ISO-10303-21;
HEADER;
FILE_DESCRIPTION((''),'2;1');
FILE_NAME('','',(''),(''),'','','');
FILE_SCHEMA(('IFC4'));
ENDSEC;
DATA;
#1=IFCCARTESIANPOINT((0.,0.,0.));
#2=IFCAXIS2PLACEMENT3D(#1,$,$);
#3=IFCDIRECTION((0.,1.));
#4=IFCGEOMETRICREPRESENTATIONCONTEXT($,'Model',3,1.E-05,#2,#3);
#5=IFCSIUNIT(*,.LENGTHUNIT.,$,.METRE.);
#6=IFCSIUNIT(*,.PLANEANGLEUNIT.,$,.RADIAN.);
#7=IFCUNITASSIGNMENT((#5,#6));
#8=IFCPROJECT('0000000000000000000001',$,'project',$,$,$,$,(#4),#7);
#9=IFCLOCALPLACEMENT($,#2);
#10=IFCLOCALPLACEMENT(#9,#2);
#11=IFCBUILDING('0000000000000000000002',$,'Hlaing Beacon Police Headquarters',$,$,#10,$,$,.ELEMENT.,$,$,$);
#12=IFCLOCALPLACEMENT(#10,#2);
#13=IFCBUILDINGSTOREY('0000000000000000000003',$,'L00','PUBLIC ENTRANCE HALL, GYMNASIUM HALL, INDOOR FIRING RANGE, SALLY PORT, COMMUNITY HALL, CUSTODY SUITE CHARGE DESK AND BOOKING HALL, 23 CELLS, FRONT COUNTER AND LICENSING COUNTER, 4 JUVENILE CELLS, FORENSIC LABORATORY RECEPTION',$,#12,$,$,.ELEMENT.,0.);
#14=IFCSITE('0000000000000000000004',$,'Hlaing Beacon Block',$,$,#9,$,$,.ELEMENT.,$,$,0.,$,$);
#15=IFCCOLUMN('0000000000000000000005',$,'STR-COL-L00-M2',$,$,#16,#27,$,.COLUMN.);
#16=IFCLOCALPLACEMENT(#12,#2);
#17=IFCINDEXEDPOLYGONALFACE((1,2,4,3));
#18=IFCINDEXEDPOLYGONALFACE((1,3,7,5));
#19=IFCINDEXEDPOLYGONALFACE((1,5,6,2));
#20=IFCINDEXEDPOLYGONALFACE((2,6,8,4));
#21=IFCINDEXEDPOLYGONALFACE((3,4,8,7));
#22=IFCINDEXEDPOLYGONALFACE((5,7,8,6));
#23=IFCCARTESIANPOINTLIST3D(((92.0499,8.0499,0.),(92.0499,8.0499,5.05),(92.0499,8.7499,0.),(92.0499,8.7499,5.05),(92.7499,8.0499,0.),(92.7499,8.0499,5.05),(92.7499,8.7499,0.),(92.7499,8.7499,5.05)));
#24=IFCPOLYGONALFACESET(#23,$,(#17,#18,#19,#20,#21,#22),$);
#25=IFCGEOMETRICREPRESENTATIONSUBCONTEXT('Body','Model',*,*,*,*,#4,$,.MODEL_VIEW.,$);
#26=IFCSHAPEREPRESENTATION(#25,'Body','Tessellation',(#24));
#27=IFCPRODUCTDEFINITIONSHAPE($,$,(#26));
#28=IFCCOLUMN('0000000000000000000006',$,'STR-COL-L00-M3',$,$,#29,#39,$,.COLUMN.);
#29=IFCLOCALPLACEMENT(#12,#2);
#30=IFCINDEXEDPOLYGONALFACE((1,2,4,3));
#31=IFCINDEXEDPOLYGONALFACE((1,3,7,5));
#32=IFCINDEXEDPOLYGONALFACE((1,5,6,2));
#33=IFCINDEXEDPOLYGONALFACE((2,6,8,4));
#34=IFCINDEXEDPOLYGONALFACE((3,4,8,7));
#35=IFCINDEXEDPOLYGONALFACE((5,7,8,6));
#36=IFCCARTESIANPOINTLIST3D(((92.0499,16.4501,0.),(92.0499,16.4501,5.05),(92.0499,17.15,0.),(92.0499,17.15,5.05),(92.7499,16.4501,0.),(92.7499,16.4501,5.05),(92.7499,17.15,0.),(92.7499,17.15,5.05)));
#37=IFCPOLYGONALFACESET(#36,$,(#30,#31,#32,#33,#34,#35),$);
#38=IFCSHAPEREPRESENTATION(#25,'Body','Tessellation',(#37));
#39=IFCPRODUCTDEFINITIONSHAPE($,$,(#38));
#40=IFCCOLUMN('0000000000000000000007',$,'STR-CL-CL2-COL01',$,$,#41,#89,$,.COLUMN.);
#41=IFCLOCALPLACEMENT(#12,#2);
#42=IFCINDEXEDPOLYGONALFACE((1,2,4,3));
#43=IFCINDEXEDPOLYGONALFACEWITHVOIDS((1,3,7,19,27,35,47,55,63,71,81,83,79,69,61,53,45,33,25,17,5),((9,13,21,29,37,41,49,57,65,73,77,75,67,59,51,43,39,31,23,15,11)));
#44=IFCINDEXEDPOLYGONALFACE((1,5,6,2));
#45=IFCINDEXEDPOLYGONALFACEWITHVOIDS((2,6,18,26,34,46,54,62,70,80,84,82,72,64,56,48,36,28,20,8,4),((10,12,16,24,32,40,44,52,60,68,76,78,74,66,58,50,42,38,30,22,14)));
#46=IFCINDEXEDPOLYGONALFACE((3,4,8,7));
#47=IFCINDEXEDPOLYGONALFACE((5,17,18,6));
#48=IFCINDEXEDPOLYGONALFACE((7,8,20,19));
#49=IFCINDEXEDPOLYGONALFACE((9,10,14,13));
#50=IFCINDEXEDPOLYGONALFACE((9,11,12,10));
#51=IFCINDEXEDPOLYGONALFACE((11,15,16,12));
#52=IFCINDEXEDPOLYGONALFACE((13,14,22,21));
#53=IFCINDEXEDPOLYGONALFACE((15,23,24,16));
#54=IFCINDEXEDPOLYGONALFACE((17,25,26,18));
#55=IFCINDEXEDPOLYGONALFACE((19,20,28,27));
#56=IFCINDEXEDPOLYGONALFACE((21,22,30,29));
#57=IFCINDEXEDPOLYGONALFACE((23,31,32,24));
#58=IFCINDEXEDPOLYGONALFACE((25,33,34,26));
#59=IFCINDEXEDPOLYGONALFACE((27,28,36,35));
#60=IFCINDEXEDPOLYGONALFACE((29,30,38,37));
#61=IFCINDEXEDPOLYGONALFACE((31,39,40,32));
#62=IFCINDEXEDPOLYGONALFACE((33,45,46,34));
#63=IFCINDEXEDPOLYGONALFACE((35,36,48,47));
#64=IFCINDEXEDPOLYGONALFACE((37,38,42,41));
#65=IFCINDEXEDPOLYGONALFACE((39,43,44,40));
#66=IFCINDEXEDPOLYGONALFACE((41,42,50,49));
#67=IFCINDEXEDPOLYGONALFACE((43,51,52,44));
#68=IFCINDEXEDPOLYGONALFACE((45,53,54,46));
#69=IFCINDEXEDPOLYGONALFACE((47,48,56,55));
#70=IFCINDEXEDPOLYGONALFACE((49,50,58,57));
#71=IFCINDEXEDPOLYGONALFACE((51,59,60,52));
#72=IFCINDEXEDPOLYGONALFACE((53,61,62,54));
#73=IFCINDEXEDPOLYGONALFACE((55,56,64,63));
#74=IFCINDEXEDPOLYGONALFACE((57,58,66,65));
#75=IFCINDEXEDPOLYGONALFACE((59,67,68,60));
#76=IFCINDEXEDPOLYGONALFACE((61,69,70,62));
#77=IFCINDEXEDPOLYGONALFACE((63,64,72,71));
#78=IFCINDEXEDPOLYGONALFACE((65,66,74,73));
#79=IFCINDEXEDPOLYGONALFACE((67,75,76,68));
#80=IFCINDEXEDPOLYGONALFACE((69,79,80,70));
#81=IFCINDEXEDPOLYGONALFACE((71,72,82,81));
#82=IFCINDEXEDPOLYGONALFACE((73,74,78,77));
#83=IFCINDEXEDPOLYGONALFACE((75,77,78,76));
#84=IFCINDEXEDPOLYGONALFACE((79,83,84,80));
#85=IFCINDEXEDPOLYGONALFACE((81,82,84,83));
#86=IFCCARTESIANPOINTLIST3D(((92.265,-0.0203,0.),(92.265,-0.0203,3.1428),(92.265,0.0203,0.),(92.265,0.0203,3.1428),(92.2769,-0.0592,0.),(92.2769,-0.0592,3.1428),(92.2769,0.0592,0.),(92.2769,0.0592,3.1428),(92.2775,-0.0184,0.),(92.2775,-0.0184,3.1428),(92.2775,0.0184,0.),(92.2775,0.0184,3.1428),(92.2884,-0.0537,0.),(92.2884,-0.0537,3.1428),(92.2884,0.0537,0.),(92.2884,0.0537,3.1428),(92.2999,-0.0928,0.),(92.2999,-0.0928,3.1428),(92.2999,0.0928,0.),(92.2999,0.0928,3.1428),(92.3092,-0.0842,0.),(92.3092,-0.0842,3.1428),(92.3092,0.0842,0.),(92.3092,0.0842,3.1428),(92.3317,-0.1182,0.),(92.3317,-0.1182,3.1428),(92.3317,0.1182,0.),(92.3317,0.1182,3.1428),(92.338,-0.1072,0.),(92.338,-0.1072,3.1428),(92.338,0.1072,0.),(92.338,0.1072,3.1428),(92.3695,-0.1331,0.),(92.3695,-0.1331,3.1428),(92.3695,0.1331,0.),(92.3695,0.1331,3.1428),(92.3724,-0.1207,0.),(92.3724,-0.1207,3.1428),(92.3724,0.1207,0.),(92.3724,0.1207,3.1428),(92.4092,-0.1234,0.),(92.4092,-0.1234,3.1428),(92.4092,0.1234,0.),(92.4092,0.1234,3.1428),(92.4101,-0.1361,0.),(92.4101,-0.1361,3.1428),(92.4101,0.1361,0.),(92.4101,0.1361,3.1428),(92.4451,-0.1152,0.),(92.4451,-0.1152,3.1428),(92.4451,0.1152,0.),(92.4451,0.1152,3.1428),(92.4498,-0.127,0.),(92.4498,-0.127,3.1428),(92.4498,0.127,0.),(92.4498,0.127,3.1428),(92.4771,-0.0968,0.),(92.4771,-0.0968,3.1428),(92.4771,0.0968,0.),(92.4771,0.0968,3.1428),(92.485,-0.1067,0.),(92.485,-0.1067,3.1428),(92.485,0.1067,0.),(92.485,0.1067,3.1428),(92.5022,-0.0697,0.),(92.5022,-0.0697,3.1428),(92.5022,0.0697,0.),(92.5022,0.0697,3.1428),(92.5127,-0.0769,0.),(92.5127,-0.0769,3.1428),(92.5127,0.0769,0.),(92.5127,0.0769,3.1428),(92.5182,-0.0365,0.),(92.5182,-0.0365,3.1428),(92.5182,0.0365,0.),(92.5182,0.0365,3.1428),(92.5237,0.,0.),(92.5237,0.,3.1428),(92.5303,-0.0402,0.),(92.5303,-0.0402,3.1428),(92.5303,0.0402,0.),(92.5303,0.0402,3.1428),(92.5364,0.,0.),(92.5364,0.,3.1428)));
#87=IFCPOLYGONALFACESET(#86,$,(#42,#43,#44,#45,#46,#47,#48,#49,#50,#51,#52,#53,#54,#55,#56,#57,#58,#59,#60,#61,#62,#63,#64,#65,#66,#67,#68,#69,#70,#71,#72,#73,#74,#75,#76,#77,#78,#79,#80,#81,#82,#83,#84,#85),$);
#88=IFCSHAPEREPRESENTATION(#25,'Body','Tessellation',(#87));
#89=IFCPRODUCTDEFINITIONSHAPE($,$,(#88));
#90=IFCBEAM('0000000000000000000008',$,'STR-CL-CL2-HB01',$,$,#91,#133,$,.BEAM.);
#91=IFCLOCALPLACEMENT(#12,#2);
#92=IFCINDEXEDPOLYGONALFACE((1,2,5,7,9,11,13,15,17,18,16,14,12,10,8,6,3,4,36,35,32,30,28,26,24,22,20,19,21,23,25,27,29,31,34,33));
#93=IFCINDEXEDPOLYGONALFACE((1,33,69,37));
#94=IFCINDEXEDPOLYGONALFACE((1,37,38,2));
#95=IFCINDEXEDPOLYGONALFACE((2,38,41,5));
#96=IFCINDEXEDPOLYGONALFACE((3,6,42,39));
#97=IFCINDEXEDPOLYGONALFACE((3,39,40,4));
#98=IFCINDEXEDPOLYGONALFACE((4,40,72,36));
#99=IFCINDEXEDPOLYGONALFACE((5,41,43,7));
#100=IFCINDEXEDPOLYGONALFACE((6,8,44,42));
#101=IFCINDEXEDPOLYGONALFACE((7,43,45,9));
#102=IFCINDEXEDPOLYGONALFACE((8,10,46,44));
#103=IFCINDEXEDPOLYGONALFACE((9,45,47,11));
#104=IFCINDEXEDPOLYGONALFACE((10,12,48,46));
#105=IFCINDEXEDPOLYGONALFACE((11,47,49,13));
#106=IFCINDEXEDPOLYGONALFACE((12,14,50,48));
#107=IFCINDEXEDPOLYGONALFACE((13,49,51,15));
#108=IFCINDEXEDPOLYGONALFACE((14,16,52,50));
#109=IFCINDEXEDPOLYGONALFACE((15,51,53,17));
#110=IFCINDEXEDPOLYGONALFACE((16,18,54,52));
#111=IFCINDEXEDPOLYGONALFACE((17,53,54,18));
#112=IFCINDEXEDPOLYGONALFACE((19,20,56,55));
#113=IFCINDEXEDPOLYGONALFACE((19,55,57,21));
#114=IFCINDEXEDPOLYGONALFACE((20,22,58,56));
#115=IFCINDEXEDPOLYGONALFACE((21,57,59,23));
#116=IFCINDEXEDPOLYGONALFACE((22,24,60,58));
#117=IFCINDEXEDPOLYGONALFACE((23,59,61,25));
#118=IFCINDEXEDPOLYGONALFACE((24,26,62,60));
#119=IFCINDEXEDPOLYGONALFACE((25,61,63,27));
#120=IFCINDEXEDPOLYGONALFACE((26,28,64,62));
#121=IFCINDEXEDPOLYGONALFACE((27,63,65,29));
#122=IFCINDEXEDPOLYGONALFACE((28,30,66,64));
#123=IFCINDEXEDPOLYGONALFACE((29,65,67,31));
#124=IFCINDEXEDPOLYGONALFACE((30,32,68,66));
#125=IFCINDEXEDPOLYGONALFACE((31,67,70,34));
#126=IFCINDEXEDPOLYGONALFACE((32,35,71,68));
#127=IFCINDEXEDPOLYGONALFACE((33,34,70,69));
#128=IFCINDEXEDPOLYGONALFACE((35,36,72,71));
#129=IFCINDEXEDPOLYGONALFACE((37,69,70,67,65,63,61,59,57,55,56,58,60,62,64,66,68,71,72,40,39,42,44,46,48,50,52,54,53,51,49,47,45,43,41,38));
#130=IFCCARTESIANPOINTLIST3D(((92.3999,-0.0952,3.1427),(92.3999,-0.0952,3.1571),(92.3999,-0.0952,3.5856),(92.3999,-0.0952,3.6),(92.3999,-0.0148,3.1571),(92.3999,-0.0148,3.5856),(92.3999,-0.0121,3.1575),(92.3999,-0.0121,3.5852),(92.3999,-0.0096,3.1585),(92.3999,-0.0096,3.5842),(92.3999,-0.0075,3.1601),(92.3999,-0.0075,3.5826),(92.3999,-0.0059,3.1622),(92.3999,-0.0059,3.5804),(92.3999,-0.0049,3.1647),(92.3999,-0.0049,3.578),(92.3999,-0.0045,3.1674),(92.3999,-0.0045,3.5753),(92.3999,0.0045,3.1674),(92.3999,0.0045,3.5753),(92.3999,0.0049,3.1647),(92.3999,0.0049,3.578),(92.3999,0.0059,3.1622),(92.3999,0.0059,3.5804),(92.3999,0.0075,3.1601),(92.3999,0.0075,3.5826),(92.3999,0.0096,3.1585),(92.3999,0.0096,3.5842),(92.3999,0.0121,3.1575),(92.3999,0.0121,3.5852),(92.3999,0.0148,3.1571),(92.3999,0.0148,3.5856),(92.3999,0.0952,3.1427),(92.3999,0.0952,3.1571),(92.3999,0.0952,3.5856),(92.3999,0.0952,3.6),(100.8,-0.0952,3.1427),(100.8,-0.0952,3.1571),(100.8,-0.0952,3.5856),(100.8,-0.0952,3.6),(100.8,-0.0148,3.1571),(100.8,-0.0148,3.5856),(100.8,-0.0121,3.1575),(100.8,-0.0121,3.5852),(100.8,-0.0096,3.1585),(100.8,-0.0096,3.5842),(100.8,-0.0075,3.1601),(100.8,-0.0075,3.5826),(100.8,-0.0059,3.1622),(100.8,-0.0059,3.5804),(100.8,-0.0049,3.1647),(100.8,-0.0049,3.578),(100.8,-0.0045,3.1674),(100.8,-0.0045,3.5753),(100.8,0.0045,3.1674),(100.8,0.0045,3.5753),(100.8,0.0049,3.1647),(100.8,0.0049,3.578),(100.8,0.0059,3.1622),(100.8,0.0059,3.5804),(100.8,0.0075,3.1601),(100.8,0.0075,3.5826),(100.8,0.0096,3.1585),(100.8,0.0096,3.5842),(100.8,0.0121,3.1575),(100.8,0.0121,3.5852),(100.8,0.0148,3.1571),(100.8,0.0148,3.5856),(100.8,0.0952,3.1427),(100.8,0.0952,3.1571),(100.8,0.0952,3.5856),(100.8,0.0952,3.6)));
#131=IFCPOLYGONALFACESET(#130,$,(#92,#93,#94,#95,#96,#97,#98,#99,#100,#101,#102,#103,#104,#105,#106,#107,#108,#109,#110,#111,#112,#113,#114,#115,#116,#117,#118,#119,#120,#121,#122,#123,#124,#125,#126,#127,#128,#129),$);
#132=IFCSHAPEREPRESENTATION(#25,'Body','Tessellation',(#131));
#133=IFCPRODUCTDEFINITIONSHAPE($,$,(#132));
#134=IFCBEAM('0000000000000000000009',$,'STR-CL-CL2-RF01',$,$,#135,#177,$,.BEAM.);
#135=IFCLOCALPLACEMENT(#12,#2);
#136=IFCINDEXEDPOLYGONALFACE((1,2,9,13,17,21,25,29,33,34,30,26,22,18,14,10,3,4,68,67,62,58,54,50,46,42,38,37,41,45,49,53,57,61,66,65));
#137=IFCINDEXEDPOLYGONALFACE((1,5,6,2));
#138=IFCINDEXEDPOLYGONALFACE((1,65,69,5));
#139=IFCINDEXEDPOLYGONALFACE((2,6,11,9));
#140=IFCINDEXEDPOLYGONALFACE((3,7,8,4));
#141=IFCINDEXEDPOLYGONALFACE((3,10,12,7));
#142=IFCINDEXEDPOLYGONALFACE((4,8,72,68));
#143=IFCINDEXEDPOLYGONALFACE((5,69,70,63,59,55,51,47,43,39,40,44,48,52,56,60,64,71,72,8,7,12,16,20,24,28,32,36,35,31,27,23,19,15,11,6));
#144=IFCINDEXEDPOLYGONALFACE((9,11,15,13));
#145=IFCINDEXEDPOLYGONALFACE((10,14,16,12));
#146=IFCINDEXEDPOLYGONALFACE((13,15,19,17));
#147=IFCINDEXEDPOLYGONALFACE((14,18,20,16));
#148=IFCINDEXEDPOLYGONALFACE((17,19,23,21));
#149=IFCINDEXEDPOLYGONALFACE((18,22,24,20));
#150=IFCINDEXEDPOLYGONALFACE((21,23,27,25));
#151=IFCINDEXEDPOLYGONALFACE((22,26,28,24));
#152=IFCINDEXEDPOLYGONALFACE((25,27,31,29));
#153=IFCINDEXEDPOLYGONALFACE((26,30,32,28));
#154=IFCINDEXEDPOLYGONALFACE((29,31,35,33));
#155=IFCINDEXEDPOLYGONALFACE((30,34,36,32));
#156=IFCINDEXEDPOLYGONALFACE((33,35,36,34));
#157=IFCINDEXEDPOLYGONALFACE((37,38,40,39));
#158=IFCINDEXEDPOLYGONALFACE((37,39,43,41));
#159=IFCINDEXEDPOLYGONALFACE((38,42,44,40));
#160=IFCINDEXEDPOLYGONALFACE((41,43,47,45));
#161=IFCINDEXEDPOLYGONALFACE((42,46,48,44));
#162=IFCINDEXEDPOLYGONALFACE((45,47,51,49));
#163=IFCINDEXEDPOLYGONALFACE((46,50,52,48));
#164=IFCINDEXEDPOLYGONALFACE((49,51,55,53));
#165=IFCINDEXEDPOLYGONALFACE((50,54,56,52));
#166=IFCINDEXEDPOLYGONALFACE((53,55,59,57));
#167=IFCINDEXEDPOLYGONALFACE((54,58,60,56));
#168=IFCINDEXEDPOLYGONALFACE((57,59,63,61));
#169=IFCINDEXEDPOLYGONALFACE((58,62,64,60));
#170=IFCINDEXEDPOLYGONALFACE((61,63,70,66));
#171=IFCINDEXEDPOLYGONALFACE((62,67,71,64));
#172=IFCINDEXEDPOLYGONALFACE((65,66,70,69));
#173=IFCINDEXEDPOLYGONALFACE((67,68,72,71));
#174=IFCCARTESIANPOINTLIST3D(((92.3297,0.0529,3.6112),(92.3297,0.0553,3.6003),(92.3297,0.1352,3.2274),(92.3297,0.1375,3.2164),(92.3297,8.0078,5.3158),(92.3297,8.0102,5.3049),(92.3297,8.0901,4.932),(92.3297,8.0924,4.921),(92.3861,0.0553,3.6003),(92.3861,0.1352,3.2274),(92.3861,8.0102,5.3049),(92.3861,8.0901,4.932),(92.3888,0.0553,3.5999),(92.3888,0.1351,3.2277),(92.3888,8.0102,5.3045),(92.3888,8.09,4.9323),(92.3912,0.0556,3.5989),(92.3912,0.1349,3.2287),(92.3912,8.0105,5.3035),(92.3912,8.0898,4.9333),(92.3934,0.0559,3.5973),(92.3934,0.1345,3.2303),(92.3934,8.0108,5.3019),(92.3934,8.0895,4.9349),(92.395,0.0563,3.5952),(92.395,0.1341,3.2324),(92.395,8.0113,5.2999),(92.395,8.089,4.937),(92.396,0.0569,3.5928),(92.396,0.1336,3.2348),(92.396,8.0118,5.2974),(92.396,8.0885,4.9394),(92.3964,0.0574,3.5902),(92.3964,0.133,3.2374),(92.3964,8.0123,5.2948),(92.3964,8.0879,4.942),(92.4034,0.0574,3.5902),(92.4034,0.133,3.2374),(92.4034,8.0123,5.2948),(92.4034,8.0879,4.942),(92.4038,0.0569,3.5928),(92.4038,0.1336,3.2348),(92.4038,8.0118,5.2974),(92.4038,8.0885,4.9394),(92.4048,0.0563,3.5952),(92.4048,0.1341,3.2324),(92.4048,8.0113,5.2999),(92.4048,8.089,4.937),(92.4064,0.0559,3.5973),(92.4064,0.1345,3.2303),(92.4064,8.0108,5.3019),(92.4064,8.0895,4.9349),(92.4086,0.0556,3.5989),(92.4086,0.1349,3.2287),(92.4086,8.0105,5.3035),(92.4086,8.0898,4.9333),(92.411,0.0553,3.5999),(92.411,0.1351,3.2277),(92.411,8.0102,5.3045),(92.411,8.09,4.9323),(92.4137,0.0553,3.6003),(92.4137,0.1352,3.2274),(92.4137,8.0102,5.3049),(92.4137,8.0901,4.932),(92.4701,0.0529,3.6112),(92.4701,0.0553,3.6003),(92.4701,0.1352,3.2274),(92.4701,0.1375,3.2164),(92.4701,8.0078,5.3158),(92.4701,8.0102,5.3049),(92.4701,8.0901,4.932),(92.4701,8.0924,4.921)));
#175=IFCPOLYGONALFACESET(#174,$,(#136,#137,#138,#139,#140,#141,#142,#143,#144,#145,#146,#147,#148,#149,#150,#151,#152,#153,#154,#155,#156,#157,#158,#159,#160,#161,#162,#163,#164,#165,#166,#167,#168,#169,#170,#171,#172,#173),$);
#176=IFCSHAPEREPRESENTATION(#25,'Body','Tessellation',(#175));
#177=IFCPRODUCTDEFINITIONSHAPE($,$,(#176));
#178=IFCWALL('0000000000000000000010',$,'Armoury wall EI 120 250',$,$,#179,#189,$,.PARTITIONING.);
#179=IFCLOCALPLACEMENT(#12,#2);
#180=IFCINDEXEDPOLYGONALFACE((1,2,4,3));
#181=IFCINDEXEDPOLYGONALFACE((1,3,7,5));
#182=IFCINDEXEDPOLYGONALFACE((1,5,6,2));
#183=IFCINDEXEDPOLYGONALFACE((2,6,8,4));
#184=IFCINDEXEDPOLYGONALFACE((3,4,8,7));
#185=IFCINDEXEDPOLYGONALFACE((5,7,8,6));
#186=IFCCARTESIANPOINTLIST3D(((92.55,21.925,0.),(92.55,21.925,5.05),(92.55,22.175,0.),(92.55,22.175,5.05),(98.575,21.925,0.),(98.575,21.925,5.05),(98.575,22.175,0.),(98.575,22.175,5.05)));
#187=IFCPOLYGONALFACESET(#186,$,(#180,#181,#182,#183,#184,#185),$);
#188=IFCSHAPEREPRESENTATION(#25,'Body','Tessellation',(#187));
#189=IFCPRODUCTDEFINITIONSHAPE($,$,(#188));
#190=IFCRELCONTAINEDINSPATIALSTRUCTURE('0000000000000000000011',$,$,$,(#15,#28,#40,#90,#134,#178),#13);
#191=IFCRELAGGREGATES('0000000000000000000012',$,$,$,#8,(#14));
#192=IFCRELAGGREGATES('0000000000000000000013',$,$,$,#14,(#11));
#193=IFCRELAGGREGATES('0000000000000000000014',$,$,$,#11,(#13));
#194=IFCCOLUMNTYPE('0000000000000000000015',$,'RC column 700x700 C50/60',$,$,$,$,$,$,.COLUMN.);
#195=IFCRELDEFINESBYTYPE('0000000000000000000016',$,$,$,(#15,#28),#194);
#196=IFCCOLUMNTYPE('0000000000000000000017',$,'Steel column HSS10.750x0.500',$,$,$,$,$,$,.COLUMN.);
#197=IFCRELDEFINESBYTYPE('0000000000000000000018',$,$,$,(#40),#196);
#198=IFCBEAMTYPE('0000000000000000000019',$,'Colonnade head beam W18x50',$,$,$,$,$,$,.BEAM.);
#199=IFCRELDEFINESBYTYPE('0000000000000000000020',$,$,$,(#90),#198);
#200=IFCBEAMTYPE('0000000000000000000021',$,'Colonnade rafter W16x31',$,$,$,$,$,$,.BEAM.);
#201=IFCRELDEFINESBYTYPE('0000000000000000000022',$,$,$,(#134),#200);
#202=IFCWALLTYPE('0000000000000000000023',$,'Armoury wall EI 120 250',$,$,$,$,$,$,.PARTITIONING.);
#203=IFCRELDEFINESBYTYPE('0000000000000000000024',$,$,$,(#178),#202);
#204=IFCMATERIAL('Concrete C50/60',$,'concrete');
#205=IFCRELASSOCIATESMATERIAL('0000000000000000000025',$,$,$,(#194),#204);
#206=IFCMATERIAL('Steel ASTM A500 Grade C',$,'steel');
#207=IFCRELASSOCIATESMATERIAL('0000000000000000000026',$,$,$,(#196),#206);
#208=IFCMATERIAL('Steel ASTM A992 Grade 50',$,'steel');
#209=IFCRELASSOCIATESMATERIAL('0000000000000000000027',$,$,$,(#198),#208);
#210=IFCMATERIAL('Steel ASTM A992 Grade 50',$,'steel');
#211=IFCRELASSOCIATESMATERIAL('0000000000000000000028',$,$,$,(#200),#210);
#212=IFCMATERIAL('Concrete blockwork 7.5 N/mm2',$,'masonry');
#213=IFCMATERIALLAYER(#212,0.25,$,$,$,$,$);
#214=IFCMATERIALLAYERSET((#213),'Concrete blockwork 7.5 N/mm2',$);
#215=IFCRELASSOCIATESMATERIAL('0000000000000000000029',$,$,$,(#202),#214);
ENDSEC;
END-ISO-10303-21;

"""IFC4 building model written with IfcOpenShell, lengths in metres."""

from ifc_helpers import new_model, si_unit, direction, frame, frame_2d, origin, origin_2d, place, context, subcontext, project, spatial, rectangle, hollow_circle, i_section, extrude, material, layer, layer_set, material_profile, profile_set, type_object, element, save


model = new_model("IFC4")

# Units and contexts
model_context = context("Model", 3, precision=1e-05, world=origin(), true_north=direction((0.0, 1.0)))
body_context = subcontext(model_context, "Body", "Model", "MODEL_VIEW")
ifc_project = project(units=[si_unit("LENGTHUNIT", "METRE"), si_unit("PLANEANGLEUNIT", "RADIAN")], contexts=[model_context])

# Site, building, storey
site_placement = place(None, origin())
site = spatial("IfcSite", under=ifc_project, at=site_placement, Name="Hlaing Beacon Block", CompositionType="ELEMENT", RefElevation=0.0)
building_placement = place(site_placement, origin())
building = spatial("IfcBuilding", under=site, at=building_placement, Name="Hlaing Beacon Police Headquarters", CompositionType="ELEMENT")
storey_placement = place(building_placement, origin())
storey = spatial("IfcBuildingStorey", under=building, at=storey_placement, Name="L00", Description="PUBLIC ENTRANCE HALL, GYMNASIUM HALL, INDOOR FIRING RANGE, SALLY PORT, COMMUNITY HALL, CUSTODY SUITE CHARGE DESK AND BOOKING HALL, 23 CELLS, FRONT COUNTER AND LICENSING COUNTER, 4 JUVENILE CELLS, FORENSIC LABORATORY RECEPTION", CompositionType="ELEMENT", Elevation=0.0)

# Columns
ifc_material_1 = material(Name="Concrete C50/60", Category="concrete")
ifc_material_profile_1 = material_profile(ifc_material_1, rectangle(XDim=0.7, YDim=0.7, at=origin_2d()), Name="700x700")
ifc_profile_set_1 = profile_set([ifc_material_profile_1], Name="Concrete C50/60")
column_type_1 = type_object("IfcColumnType", Name="RC column 700x700 C50/60", PredefinedType="COLUMN", material=ifc_profile_set_1)
for number, where, z_axis, x_axis, name in (
    (1, (92.3999, 8.3999, 0.0), (0.0, 0.0, 1.0), (1.0, 0.0, 0.0), "STR-COL-L00-M2"),
    (2, (92.3999, 16.8, 0.0), (0.0, 0.0, 1.0), (1.0, 0.0, 0.0), "STR-COL-L00-M3"),
):
    element("IfcColumn", number, at=place(storey_placement, frame(where, z_axis=z_axis, x_axis=x_axis)), inside=storey, type_object=column_type_1, Name=name, PredefinedType="COLUMN", context=body_context, shape_type="SweptSolid", body=[
        extrude(rectangle(XDim=0.7, YDim=0.7, at=origin_2d()), origin(), (0.0, 0.0, 1.0), 5.05),
    ])
ifc_material_2 = material(Name="Steel ASTM A500 Grade C", Category="steel")
ifc_material_profile_2 = material_profile(ifc_material_2, hollow_circle(Radius=0.1365, WallThickness=0.0127, at=origin_2d()), Name="HSS10.750x0.500")
ifc_profile_set_2 = profile_set([ifc_material_profile_2], Name="Steel ASTM A500 Grade C")
column_type_2 = type_object("IfcColumnType", Name="Steel column HSS10.750x0.500", PredefinedType="COLUMN", material=ifc_profile_set_2)
column_placement = place(storey_placement, frame((92.3999, 0.0, 0.0), z_axis=(0.0, 0.0, 1.0), x_axis=(1.0, 0.0, 0.0)))
element("IfcColumn", 3, at=column_placement, inside=storey, type_object=column_type_2, Name="STR-CL-CL2-COL01", PredefinedType="COLUMN", context=body_context, shape_type="SweptSolid", body=[
    extrude(hollow_circle(Radius=0.1365, WallThickness=0.0127, at=origin_2d()), origin(), (0.0, 0.0, 1.0), 3.1428),
])

# Beams
ifc_material_3 = material(Name="Steel ASTM A992 Grade 50", Category="steel")
ifc_material_profile_3 = material_profile(ifc_material_3, i_section(OverallWidth=0.1904, OverallDepth=0.4573, WebThickness=0.009, FlangeThickness=0.0144, FilletRadius=0.0103, at=origin_2d()), Name="W18x50")
ifc_profile_set_3 = profile_set([ifc_material_profile_3], Name="Steel ASTM A992 Grade 50")
beam_type_1 = type_object("IfcBeamType", Name="Colonnade head beam W18x50", PredefinedType="BEAM", material=ifc_profile_set_3)
beam_1_placement = place(storey_placement, frame((92.3999, 0.0, 3.3713), z_axis=(1.0, 0.0, 0.0), x_axis=(0.0, 1.0, 0.0)))
element("IfcBeam", 4, at=beam_1_placement, inside=storey, type_object=beam_type_1, Name="STR-CL-CL2-HB01", PredefinedType="BEAM", context=body_context, shape_type="SweptSolid", body=[
    extrude(i_section(OverallWidth=0.1904, OverallDepth=0.4573, WebThickness=0.009, FlangeThickness=0.0144, FilletRadius=0.0103, at=origin_2d()), origin(), (0.0, 0.0, 1.0), 8.4001),
])
ifc_material_4 = material(Name="Steel ASTM A992 Grade 50", Category="steel")
ifc_material_profile_4 = material_profile(ifc_material_4, i_section(OverallWidth=0.1404, OverallDepth=0.4038, WebThickness=0.0071, FlangeThickness=0.0112, FilletRadius=0.0103, at=origin_2d()), Name="W16x31")
ifc_profile_set_4 = profile_set([ifc_material_profile_4], Name="Steel ASTM A992 Grade 50")
beam_type_2 = type_object("IfcBeamType", Name="Colonnade rafter W16x31", PredefinedType="BEAM", material=ifc_profile_set_4)
beam_2_placement = place(storey_placement, frame((92.3999, 0.0952, 3.4138), z_axis=(0.0, 0.977803, 0.209527), x_axis=(-1.0, 0.0, 0.0)))
element("IfcBeam", 5, at=beam_2_placement, inside=storey, type_object=beam_type_2, Name="STR-CL-CL2-RF01", PredefinedType="BEAM", context=body_context, shape_type="SweptSolid", body=[
    extrude(i_section(OverallWidth=0.1404, OverallDepth=0.4038, WebThickness=0.0071, FlangeThickness=0.0112, FilletRadius=0.0103, at=origin_2d()), origin(), (0.0, 0.0, 1.0), 8.1355),
])

# Wall
ifc_material_5 = material(Name="Concrete blockwork 7.5 N/mm2", Category="masonry")
ifc_layer_1 = layer(ifc_material_5, 0.25)
ifc_layer_set_1 = layer_set([ifc_layer_1], Name="Concrete blockwork 7.5 N/mm2")
wall_type_1 = type_object("IfcWallType", Name="Armoury wall EI 120 250", PredefinedType="PARTITIONING", material=ifc_layer_set_1)
wall_1_placement = place(storey_placement, frame((92.55, 22.05, 0.0), z_axis=(0.0, 0.0, 1.0), x_axis=(1.0, 0.0, 0.0)))
element("IfcWall", 6, at=wall_1_placement, inside=storey, type_object=wall_type_1, Name="Armoury wall EI 120 250", PredefinedType="PARTITIONING", context=body_context, shape_type="SweptSolid", body=[
    extrude(rectangle(XDim=6.0249, YDim=0.25, at=frame_2d((3.0125, 0.0))), origin(), (0.0, 0.0, 1.0), 5.05),
])

save(model, "model.ifc")
